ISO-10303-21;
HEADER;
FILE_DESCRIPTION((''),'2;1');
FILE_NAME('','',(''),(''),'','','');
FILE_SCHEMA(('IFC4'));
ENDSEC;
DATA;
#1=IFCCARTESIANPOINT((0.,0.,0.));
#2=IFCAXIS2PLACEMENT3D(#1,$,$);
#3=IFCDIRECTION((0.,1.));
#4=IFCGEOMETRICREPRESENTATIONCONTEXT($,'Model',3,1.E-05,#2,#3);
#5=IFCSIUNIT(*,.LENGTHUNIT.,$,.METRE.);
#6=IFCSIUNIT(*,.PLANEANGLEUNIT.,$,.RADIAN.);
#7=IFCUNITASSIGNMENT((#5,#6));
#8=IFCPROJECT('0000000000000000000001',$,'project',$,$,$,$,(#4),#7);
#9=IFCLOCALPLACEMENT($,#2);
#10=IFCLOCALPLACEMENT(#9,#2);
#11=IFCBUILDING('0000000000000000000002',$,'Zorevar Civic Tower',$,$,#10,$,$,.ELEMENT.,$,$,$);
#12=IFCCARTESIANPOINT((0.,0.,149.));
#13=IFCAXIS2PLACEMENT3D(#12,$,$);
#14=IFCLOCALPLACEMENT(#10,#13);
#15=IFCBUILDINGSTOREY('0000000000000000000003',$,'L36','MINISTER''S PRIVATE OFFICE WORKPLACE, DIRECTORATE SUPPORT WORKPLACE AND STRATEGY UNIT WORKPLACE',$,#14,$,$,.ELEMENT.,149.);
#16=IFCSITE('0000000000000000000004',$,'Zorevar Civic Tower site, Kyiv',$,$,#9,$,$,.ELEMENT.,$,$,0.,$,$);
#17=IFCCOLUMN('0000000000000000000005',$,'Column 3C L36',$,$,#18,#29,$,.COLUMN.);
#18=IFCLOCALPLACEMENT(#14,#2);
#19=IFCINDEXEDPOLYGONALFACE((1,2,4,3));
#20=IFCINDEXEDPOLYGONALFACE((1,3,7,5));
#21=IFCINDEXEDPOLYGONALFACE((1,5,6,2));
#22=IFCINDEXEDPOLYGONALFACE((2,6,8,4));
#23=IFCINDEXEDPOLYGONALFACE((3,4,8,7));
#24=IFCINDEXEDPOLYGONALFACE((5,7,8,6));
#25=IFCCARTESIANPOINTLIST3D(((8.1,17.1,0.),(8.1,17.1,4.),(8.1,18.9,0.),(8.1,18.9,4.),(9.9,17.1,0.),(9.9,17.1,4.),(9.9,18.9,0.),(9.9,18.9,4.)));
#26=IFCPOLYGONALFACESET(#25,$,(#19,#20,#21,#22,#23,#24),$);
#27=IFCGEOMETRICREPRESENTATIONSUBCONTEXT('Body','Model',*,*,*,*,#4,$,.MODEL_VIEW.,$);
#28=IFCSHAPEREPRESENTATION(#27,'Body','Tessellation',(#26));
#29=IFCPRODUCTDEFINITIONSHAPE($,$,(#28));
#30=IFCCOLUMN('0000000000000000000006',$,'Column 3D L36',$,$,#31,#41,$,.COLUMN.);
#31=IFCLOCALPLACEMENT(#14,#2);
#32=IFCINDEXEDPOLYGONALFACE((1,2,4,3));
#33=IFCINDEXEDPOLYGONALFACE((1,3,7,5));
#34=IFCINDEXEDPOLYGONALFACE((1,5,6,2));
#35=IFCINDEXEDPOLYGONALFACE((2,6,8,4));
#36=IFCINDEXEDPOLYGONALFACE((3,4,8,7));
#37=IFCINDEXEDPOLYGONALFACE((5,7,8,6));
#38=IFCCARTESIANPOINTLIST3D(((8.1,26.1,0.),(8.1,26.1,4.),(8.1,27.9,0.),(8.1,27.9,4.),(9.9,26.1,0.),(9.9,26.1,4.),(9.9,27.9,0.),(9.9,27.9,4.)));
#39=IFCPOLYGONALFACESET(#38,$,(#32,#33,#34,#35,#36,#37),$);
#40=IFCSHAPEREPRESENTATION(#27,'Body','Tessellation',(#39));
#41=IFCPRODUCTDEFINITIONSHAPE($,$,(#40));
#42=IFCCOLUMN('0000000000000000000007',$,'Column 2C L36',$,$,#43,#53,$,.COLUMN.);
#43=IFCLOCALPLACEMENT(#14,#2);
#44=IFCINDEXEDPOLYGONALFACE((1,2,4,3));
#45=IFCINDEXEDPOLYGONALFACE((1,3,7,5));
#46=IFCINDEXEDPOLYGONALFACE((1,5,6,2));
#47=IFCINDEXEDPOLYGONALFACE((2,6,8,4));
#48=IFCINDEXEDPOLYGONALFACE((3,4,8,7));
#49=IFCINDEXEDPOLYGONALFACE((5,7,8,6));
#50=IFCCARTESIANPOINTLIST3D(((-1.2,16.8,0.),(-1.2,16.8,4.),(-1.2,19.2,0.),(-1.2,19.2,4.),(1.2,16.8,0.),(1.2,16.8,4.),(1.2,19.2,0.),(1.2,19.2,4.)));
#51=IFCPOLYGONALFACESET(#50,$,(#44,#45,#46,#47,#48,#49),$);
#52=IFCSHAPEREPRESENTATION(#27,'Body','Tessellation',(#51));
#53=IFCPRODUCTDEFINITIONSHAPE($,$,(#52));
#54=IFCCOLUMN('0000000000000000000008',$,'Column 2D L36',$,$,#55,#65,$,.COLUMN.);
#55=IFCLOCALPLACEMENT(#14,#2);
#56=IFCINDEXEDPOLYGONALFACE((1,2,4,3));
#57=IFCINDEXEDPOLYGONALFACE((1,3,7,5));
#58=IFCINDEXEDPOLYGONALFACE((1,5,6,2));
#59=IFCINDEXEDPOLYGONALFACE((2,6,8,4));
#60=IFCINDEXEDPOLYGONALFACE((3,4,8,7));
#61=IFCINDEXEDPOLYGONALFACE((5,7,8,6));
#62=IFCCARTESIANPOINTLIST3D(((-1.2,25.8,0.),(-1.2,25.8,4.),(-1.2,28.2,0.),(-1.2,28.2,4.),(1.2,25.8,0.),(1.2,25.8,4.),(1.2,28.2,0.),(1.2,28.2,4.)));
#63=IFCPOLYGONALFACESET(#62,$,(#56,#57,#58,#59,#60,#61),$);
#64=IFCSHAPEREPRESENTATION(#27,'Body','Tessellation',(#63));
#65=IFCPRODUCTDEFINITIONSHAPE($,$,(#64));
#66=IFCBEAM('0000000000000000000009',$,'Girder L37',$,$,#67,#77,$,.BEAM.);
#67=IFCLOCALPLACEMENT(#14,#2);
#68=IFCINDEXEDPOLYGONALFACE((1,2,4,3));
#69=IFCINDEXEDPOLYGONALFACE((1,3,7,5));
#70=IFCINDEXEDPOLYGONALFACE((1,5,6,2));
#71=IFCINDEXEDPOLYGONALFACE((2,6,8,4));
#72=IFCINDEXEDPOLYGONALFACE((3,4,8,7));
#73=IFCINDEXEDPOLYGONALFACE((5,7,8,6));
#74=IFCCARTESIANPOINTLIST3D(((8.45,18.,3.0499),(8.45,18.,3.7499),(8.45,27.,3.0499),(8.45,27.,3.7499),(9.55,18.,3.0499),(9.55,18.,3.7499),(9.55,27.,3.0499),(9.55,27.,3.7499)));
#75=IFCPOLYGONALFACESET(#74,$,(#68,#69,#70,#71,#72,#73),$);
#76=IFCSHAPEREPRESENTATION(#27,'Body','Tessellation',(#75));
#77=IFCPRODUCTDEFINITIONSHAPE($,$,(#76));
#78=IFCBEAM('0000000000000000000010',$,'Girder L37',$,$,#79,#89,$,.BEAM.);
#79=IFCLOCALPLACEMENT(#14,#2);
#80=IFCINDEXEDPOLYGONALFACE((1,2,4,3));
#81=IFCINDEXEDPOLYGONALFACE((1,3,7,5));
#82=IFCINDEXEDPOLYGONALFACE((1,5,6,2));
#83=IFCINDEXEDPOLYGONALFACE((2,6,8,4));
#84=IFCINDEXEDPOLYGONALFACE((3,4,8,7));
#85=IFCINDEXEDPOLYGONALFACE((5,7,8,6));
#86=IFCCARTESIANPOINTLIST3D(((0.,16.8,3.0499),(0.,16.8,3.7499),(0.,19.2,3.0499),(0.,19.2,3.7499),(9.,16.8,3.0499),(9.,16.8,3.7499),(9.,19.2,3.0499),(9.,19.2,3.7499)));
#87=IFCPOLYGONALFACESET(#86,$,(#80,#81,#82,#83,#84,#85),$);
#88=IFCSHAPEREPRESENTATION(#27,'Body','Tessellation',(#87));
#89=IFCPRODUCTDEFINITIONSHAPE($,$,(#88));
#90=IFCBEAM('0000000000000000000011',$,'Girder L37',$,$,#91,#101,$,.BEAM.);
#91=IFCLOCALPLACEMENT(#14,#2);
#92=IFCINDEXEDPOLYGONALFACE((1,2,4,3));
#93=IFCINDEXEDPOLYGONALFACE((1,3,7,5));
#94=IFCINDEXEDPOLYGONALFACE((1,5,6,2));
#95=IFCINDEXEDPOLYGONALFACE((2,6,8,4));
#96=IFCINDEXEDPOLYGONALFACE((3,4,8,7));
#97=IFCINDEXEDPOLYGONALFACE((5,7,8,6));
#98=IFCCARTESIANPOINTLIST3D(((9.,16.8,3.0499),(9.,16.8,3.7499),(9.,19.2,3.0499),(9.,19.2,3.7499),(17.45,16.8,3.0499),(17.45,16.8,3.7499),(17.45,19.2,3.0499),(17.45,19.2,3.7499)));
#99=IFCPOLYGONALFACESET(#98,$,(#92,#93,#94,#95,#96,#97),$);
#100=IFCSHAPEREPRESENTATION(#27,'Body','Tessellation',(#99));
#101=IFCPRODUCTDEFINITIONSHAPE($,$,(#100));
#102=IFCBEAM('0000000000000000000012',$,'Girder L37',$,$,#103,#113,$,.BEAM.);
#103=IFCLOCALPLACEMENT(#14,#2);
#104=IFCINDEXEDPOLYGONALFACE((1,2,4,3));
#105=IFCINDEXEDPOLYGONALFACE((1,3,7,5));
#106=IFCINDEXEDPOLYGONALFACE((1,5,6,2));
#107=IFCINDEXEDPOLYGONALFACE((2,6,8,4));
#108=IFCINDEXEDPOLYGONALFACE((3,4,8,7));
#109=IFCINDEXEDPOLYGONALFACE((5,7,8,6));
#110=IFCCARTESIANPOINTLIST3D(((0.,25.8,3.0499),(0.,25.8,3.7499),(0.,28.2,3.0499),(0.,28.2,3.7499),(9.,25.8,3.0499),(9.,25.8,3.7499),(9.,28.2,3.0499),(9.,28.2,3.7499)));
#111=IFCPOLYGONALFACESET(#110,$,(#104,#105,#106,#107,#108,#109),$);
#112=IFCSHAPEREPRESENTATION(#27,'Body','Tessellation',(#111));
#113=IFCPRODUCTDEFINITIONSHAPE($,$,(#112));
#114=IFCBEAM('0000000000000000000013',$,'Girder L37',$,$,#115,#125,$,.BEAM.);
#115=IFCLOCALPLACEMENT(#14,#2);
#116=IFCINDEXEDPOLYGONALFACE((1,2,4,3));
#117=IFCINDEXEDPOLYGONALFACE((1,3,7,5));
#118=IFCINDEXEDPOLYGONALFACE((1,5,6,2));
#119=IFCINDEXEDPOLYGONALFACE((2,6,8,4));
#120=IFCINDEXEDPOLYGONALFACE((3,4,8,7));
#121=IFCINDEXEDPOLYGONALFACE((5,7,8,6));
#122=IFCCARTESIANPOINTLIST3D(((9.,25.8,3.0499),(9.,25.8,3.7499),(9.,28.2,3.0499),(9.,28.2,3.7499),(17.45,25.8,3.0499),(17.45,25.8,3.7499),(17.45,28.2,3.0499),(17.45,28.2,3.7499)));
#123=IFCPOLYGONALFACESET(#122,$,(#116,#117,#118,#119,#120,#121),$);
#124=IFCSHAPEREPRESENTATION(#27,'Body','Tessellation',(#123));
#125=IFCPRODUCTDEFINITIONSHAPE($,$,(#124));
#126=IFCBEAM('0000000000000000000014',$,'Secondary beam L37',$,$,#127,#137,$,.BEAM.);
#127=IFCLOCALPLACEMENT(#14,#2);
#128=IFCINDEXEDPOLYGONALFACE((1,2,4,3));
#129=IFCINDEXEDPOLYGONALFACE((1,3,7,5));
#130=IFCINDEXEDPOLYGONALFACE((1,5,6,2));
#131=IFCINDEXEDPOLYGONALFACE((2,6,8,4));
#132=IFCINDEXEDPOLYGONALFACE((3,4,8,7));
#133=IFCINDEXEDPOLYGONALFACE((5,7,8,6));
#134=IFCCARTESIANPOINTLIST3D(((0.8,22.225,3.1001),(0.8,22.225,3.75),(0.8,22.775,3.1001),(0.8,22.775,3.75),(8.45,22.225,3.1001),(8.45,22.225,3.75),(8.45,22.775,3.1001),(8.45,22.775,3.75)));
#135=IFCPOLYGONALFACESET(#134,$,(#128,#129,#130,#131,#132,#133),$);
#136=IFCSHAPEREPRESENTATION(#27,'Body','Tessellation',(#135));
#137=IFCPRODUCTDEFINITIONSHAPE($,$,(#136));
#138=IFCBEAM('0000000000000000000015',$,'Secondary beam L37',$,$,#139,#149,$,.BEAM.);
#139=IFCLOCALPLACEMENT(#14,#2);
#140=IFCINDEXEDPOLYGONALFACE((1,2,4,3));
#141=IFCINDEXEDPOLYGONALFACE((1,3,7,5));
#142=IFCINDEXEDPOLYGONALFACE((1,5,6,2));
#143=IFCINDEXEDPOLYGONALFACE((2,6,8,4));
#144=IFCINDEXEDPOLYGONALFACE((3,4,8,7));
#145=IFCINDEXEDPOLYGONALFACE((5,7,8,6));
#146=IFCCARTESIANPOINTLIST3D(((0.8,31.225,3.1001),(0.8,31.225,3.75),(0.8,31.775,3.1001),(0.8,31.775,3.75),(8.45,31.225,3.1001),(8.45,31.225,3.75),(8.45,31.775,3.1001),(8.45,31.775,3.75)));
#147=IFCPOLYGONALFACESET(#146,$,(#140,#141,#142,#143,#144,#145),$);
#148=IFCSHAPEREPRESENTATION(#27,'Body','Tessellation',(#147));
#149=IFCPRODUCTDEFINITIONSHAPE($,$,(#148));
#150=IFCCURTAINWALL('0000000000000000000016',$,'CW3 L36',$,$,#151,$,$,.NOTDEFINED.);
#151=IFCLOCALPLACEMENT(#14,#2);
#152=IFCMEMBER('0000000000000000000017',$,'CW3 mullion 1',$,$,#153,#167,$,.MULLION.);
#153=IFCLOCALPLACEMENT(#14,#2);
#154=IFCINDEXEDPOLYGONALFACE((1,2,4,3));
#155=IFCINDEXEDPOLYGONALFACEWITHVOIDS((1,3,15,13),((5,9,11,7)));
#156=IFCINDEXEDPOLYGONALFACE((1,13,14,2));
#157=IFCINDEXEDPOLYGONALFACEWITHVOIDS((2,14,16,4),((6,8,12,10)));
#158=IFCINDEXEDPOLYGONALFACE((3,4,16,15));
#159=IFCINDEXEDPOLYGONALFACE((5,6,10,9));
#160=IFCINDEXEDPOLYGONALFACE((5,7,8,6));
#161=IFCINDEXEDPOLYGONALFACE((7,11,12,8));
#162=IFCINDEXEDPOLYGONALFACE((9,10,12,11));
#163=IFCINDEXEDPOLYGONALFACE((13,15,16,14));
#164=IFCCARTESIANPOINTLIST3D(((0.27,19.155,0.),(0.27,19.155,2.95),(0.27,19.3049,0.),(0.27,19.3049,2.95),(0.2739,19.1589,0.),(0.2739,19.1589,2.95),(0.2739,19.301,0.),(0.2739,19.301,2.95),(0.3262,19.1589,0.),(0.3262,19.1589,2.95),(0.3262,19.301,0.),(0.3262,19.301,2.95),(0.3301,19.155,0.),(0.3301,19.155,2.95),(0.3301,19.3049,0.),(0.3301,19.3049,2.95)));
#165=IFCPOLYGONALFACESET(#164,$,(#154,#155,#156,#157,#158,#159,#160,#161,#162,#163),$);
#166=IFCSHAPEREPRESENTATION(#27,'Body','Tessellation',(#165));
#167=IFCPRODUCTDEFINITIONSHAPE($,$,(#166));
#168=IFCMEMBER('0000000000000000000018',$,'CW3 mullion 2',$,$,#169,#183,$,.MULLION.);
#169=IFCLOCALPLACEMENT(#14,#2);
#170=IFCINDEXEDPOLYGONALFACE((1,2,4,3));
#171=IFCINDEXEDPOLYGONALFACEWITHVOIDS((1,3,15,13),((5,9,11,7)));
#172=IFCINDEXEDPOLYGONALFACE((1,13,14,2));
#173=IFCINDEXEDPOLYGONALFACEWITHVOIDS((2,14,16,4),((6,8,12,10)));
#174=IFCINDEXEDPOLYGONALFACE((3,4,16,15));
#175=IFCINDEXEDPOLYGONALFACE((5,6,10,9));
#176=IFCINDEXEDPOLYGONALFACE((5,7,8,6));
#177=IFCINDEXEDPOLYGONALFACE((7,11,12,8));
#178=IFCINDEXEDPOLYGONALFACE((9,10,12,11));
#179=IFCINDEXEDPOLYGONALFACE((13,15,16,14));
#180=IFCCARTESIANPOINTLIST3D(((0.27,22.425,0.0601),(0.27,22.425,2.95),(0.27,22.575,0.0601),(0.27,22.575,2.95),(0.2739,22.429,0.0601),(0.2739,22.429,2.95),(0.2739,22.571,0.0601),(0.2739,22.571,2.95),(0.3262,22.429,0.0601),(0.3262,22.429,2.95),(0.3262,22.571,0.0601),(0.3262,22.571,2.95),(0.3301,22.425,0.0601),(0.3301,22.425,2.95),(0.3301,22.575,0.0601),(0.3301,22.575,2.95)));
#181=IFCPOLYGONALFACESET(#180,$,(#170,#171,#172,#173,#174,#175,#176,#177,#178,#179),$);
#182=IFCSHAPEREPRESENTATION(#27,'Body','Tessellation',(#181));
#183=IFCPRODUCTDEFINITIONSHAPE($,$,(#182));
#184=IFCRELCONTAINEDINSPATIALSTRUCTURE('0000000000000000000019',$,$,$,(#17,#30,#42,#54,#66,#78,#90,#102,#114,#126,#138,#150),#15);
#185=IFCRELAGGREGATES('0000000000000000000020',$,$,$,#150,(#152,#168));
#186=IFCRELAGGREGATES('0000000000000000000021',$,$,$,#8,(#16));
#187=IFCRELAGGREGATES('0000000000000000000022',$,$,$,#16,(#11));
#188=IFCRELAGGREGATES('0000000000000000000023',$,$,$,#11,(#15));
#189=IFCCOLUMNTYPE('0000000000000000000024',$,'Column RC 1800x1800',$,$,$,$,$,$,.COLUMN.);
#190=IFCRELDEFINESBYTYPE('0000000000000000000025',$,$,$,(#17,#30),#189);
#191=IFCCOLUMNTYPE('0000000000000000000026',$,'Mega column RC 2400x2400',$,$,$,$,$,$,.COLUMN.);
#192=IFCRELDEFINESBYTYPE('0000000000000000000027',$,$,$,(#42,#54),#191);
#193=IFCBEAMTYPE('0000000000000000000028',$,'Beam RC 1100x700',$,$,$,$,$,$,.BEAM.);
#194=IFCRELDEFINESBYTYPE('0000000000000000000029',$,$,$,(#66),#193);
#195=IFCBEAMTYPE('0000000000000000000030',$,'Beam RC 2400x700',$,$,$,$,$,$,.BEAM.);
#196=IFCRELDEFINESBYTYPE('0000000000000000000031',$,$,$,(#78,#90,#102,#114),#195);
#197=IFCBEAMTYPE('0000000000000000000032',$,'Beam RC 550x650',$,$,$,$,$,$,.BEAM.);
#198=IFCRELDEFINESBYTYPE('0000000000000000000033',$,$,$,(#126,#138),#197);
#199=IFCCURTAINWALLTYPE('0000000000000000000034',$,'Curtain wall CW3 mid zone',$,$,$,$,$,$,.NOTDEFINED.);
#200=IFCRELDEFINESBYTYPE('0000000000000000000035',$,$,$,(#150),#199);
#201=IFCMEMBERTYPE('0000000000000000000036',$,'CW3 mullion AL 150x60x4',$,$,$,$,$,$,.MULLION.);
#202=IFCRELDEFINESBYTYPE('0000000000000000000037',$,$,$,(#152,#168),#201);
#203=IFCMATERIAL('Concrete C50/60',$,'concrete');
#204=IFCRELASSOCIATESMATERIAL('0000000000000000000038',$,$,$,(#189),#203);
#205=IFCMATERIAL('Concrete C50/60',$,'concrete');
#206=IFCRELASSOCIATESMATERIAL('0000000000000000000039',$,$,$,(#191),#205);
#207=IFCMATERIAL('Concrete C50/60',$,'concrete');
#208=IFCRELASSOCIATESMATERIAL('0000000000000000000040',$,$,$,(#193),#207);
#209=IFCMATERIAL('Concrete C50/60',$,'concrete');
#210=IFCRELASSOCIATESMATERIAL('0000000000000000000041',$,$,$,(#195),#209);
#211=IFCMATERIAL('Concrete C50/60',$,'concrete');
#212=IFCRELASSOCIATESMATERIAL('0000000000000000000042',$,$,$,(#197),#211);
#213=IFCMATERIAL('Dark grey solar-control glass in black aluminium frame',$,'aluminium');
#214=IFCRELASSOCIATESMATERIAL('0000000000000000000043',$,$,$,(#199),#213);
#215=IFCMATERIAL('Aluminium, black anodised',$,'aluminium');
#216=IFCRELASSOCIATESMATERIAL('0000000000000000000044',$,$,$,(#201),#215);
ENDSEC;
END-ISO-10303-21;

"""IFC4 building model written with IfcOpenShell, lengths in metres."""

from ifc_helpers import new_model, si_unit, direction, frame, origin, origin_2d, place, context, subcontext, project, spatial, rectangle, hollow_rectangle, extrude, material, material_profile, profile_set, type_object, element, aggregate, save


model = new_model("IFC4")

# Units and contexts
model_context = context("Model", 3, precision=1e-05, world=origin(), true_north=direction((0.0, 1.0)))
body_context = subcontext(model_context, "Body", "Model", "MODEL_VIEW")
ifc_project = project(units=[si_unit("LENGTHUNIT", "METRE"), si_unit("PLANEANGLEUNIT", "RADIAN")], contexts=[model_context])

# Site, building, storey
site_placement = place(None, origin())
site = spatial("IfcSite", under=ifc_project, at=site_placement, Name="Zorevar Civic Tower site, Kyiv", CompositionType="ELEMENT", RefElevation=0.0)
building_placement = place(site_placement, origin())
building = spatial("IfcBuilding", under=site, at=building_placement, Name="Zorevar Civic Tower", CompositionType="ELEMENT")
storey_placement = place(building_placement, frame((0.0, 0.0, 149.0)))
storey = spatial("IfcBuildingStorey", under=building, at=storey_placement, Name="L36", Description="MINISTER'S PRIVATE OFFICE WORKPLACE, DIRECTORATE SUPPORT WORKPLACE AND STRATEGY UNIT WORKPLACE", CompositionType="ELEMENT", Elevation=149.0)

# Columns
ifc_material_1 = material(Name="Concrete C50/60", Category="concrete")
ifc_material_profile_1 = material_profile(ifc_material_1, rectangle(XDim=1.8, YDim=1.8, at=origin_2d()), Name="RC 1800x1800")
ifc_profile_set_1 = profile_set([ifc_material_profile_1], Name="Concrete C50/60")
column_type_1 = type_object("IfcColumnType", Name="Column RC 1800x1800", PredefinedType="COLUMN", material=ifc_profile_set_1)
for number, where, z_axis, x_axis, name in (
    (1, (9.0, 18.0, 0.0), (0.0, 0.0, 1.0), (1.0, 0.0, 0.0), "Column 3C L36"),
    (2, (9.0, 27.0, 0.0), (0.0, 0.0, 1.0), (1.0, 0.0, 0.0), "Column 3D L36"),
):
    element("IfcColumn", number, at=place(storey_placement, frame(where, z_axis=z_axis, x_axis=x_axis)), inside=storey, type_object=column_type_1, Name=name, PredefinedType="COLUMN", context=body_context, shape_type="SweptSolid", body=[
        extrude(rectangle(XDim=1.8, YDim=1.8, at=origin_2d()), origin(), (0.0, 0.0, 1.0), 4.0),
    ])
ifc_material_2 = material(Name="Concrete C50/60", Category="concrete")
ifc_material_profile_2 = material_profile(ifc_material_2, rectangle(XDim=2.3999, YDim=2.3999, at=origin_2d()), Name="RC 2400x2400")
ifc_profile_set_2 = profile_set([ifc_material_profile_2], Name="Concrete C50/60")
column_type_2 = type_object("IfcColumnType", Name="Mega column RC 2400x2400", PredefinedType="COLUMN", material=ifc_profile_set_2)
for number, where, z_axis, x_axis, name in (
    (3, (0.0, 18.0, 0.0), (0.0, 0.0, 1.0), (1.0, 0.0, 0.0), "Column 2C L36"),
    (4, (0.0, 27.0, 0.0), (0.0, 0.0, 1.0), (1.0, 0.0, 0.0), "Column 2D L36"),
):
    element("IfcColumn", number, at=place(storey_placement, frame(where, z_axis=z_axis, x_axis=x_axis)), inside=storey, type_object=column_type_2, Name=name, PredefinedType="COLUMN", context=body_context, shape_type="SweptSolid", body=[
        extrude(rectangle(XDim=2.3999, YDim=2.3999, at=origin_2d()), origin(), (0.0, 0.0, 1.0), 4.0),
    ])

# Beams
ifc_material_3 = material(Name="Concrete C50/60", Category="concrete")
ifc_material_profile_3 = material_profile(ifc_material_3, rectangle(XDim=1.1001, YDim=0.7, at=origin_2d()), Name="RC 1100x700")
ifc_profile_set_3 = profile_set([ifc_material_profile_3], Name="Concrete C50/60")
beam_type_1 = type_object("IfcBeamType", Name="Beam RC 1100x700", PredefinedType="BEAM", material=ifc_profile_set_3)
beam_1_placement = place(storey_placement, frame((9.0, 18.0, 3.3999), z_axis=(0.0, 1.0, 0.0), x_axis=(-1.0, 0.0, 0.0)))
element("IfcBeam", 5, at=beam_1_placement, inside=storey, type_object=beam_type_1, Name="Girder L37", PredefinedType="BEAM", context=body_context, shape_type="SweptSolid", body=[
    extrude(rectangle(XDim=1.1001, YDim=0.7, at=origin_2d()), origin(), (0.0, 0.0, 1.0), 9.0),
])
ifc_material_4 = material(Name="Concrete C50/60", Category="concrete")
ifc_material_profile_4 = material_profile(ifc_material_4, rectangle(XDim=2.3999, YDim=0.7, at=origin_2d()), Name="RC 2400x700")
ifc_profile_set_4 = profile_set([ifc_material_profile_4], Name="Concrete C50/60")
beam_type_2 = type_object("IfcBeamType", Name="Beam RC 2400x700", PredefinedType="BEAM", material=ifc_profile_set_4)
beam_2_placement = place(storey_placement, frame((0.0, 18.0, 3.3999), z_axis=(1.0, 0.0, 0.0), x_axis=(0.0, 1.0, 0.0)))
element("IfcBeam", 6, at=beam_2_placement, inside=storey, type_object=beam_type_2, Name="Girder L37", PredefinedType="BEAM", context=body_context, shape_type="SweptSolid", body=[
    extrude(rectangle(XDim=2.3999, YDim=0.7, at=origin_2d()), origin(), (0.0, 0.0, 1.0), 9.0),
])
beam_3_placement = place(storey_placement, frame((9.0, 18.0, 3.3999), z_axis=(1.0, 0.0, 0.0), x_axis=(0.0, 1.0, 0.0)))
element("IfcBeam", 7, at=beam_3_placement, inside=storey, type_object=beam_type_2, Name="Girder L37", PredefinedType="BEAM", context=body_context, shape_type="SweptSolid", body=[
    extrude(rectangle(XDim=2.3999, YDim=0.7, at=origin_2d()), origin(), (0.0, 0.0, 1.0), 8.45),
])
beam_4_placement = place(storey_placement, frame((0.0, 27.0, 3.3999), z_axis=(1.0, 0.0, 0.0), x_axis=(0.0, 1.0, 0.0)))
element("IfcBeam", 8, at=beam_4_placement, inside=storey, type_object=beam_type_2, Name="Girder L37", PredefinedType="BEAM", context=body_context, shape_type="SweptSolid", body=[
    extrude(rectangle(XDim=2.3999, YDim=0.7, at=origin_2d()), origin(), (0.0, 0.0, 1.0), 9.0),
])
beam_5_placement = place(storey_placement, frame((9.0, 27.0, 3.3999), z_axis=(1.0, 0.0, 0.0), x_axis=(0.0, 1.0, 0.0)))
element("IfcBeam", 9, at=beam_5_placement, inside=storey, type_object=beam_type_2, Name="Girder L37", PredefinedType="BEAM", context=body_context, shape_type="SweptSolid", body=[
    extrude(rectangle(XDim=2.3999, YDim=0.7, at=origin_2d()), origin(), (0.0, 0.0, 1.0), 8.45),
])
ifc_material_5 = material(Name="Concrete C50/60", Category="concrete")
ifc_material_profile_5 = material_profile(ifc_material_5, rectangle(XDim=0.55, YDim=0.6499, at=origin_2d()), Name="RC 550x650")
ifc_profile_set_5 = profile_set([ifc_material_profile_5], Name="Concrete C50/60")
beam_type_3 = type_object("IfcBeamType", Name="Beam RC 550x650", PredefinedType="BEAM", material=ifc_profile_set_5)
for number, where, z_axis, x_axis, name in (
    (10, (0.8, 22.5, 3.425), (1.0, 0.0, 0.0), (0.0, 1.0, 0.0), "Secondary beam L37"),
    (11, (0.8, 31.5, 3.425), (1.0, 0.0, 0.0), (0.0, 1.0, 0.0), "Secondary beam L37"),
):
    element("IfcBeam", number, at=place(storey_placement, frame(where, z_axis=z_axis, x_axis=x_axis)), inside=storey, type_object=beam_type_3, Name=name, PredefinedType="BEAM", context=body_context, shape_type="SweptSolid", body=[
        extrude(rectangle(XDim=0.55, YDim=0.6499, at=origin_2d()), origin(), (0.0, 0.0, 1.0), 7.6499),
    ])

# Curtain wall, members
ifc_material_6 = material(Name="Dark grey solar-control glass in black aluminium frame", Category="aluminium")
curtain_wall_type = type_object("IfcCurtainWallType", Name="Curtain wall CW3 mid zone", PredefinedType="NOTDEFINED", material=ifc_material_6)
curtain_wall_1_placement = place(storey_placement, origin())
curtain_wall_1 = element("IfcCurtainWall", 12, at=curtain_wall_1_placement, inside=storey, type_object=curtain_wall_type, Name="CW3 L36", PredefinedType="NOTDEFINED")
ifc_material_7 = material(Name="Aluminium, black anodised", Category="aluminium")
ifc_material_profile_6 = material_profile(ifc_material_7, hollow_rectangle(XDim=0.0601, YDim=0.1499, WallThickness=0.0039, at=origin_2d()), Name="AL 150x60x4")
ifc_profile_set_6 = profile_set([ifc_material_profile_6], Name="Aluminium, black anodised")
member_type_1 = type_object("IfcMemberType", Name="CW3 mullion AL 150x60x4", PredefinedType="MULLION", material=ifc_profile_set_6)
member_1_placement = place(storey_placement, frame((0.3, 19.23, 0.0), z_axis=(0.0, 0.0, 1.0), x_axis=(-1.0, 0.0, 0.0)))
member_1 = element("IfcMember", 13, at=member_1_placement, type_object=member_type_1, Name="CW3 mullion 1", PredefinedType="MULLION", context=body_context, shape_type="SweptSolid", body=[
    extrude(hollow_rectangle(XDim=0.0601, YDim=0.1499, WallThickness=0.0039, at=origin_2d()), origin(), (0.0, 0.0, 1.0), 2.95),
])
member_2_placement = place(storey_placement, frame((0.3, 22.5, 0.0601), z_axis=(0.0, 0.0, 1.0), x_axis=(-1.0, 0.0, 0.0)))
member_2 = element("IfcMember", 14, at=member_2_placement, type_object=member_type_1, Name="CW3 mullion 2", PredefinedType="MULLION", context=body_context, shape_type="SweptSolid", body=[
    extrude(hollow_rectangle(XDim=0.0601, YDim=0.1499, WallThickness=0.0039, at=origin_2d()), origin(), (0.0, 0.0, 1.0), 2.8899),
])

aggregate(curtain_wall_1, [member_1, member_2])

save(model, "model.ifc")
